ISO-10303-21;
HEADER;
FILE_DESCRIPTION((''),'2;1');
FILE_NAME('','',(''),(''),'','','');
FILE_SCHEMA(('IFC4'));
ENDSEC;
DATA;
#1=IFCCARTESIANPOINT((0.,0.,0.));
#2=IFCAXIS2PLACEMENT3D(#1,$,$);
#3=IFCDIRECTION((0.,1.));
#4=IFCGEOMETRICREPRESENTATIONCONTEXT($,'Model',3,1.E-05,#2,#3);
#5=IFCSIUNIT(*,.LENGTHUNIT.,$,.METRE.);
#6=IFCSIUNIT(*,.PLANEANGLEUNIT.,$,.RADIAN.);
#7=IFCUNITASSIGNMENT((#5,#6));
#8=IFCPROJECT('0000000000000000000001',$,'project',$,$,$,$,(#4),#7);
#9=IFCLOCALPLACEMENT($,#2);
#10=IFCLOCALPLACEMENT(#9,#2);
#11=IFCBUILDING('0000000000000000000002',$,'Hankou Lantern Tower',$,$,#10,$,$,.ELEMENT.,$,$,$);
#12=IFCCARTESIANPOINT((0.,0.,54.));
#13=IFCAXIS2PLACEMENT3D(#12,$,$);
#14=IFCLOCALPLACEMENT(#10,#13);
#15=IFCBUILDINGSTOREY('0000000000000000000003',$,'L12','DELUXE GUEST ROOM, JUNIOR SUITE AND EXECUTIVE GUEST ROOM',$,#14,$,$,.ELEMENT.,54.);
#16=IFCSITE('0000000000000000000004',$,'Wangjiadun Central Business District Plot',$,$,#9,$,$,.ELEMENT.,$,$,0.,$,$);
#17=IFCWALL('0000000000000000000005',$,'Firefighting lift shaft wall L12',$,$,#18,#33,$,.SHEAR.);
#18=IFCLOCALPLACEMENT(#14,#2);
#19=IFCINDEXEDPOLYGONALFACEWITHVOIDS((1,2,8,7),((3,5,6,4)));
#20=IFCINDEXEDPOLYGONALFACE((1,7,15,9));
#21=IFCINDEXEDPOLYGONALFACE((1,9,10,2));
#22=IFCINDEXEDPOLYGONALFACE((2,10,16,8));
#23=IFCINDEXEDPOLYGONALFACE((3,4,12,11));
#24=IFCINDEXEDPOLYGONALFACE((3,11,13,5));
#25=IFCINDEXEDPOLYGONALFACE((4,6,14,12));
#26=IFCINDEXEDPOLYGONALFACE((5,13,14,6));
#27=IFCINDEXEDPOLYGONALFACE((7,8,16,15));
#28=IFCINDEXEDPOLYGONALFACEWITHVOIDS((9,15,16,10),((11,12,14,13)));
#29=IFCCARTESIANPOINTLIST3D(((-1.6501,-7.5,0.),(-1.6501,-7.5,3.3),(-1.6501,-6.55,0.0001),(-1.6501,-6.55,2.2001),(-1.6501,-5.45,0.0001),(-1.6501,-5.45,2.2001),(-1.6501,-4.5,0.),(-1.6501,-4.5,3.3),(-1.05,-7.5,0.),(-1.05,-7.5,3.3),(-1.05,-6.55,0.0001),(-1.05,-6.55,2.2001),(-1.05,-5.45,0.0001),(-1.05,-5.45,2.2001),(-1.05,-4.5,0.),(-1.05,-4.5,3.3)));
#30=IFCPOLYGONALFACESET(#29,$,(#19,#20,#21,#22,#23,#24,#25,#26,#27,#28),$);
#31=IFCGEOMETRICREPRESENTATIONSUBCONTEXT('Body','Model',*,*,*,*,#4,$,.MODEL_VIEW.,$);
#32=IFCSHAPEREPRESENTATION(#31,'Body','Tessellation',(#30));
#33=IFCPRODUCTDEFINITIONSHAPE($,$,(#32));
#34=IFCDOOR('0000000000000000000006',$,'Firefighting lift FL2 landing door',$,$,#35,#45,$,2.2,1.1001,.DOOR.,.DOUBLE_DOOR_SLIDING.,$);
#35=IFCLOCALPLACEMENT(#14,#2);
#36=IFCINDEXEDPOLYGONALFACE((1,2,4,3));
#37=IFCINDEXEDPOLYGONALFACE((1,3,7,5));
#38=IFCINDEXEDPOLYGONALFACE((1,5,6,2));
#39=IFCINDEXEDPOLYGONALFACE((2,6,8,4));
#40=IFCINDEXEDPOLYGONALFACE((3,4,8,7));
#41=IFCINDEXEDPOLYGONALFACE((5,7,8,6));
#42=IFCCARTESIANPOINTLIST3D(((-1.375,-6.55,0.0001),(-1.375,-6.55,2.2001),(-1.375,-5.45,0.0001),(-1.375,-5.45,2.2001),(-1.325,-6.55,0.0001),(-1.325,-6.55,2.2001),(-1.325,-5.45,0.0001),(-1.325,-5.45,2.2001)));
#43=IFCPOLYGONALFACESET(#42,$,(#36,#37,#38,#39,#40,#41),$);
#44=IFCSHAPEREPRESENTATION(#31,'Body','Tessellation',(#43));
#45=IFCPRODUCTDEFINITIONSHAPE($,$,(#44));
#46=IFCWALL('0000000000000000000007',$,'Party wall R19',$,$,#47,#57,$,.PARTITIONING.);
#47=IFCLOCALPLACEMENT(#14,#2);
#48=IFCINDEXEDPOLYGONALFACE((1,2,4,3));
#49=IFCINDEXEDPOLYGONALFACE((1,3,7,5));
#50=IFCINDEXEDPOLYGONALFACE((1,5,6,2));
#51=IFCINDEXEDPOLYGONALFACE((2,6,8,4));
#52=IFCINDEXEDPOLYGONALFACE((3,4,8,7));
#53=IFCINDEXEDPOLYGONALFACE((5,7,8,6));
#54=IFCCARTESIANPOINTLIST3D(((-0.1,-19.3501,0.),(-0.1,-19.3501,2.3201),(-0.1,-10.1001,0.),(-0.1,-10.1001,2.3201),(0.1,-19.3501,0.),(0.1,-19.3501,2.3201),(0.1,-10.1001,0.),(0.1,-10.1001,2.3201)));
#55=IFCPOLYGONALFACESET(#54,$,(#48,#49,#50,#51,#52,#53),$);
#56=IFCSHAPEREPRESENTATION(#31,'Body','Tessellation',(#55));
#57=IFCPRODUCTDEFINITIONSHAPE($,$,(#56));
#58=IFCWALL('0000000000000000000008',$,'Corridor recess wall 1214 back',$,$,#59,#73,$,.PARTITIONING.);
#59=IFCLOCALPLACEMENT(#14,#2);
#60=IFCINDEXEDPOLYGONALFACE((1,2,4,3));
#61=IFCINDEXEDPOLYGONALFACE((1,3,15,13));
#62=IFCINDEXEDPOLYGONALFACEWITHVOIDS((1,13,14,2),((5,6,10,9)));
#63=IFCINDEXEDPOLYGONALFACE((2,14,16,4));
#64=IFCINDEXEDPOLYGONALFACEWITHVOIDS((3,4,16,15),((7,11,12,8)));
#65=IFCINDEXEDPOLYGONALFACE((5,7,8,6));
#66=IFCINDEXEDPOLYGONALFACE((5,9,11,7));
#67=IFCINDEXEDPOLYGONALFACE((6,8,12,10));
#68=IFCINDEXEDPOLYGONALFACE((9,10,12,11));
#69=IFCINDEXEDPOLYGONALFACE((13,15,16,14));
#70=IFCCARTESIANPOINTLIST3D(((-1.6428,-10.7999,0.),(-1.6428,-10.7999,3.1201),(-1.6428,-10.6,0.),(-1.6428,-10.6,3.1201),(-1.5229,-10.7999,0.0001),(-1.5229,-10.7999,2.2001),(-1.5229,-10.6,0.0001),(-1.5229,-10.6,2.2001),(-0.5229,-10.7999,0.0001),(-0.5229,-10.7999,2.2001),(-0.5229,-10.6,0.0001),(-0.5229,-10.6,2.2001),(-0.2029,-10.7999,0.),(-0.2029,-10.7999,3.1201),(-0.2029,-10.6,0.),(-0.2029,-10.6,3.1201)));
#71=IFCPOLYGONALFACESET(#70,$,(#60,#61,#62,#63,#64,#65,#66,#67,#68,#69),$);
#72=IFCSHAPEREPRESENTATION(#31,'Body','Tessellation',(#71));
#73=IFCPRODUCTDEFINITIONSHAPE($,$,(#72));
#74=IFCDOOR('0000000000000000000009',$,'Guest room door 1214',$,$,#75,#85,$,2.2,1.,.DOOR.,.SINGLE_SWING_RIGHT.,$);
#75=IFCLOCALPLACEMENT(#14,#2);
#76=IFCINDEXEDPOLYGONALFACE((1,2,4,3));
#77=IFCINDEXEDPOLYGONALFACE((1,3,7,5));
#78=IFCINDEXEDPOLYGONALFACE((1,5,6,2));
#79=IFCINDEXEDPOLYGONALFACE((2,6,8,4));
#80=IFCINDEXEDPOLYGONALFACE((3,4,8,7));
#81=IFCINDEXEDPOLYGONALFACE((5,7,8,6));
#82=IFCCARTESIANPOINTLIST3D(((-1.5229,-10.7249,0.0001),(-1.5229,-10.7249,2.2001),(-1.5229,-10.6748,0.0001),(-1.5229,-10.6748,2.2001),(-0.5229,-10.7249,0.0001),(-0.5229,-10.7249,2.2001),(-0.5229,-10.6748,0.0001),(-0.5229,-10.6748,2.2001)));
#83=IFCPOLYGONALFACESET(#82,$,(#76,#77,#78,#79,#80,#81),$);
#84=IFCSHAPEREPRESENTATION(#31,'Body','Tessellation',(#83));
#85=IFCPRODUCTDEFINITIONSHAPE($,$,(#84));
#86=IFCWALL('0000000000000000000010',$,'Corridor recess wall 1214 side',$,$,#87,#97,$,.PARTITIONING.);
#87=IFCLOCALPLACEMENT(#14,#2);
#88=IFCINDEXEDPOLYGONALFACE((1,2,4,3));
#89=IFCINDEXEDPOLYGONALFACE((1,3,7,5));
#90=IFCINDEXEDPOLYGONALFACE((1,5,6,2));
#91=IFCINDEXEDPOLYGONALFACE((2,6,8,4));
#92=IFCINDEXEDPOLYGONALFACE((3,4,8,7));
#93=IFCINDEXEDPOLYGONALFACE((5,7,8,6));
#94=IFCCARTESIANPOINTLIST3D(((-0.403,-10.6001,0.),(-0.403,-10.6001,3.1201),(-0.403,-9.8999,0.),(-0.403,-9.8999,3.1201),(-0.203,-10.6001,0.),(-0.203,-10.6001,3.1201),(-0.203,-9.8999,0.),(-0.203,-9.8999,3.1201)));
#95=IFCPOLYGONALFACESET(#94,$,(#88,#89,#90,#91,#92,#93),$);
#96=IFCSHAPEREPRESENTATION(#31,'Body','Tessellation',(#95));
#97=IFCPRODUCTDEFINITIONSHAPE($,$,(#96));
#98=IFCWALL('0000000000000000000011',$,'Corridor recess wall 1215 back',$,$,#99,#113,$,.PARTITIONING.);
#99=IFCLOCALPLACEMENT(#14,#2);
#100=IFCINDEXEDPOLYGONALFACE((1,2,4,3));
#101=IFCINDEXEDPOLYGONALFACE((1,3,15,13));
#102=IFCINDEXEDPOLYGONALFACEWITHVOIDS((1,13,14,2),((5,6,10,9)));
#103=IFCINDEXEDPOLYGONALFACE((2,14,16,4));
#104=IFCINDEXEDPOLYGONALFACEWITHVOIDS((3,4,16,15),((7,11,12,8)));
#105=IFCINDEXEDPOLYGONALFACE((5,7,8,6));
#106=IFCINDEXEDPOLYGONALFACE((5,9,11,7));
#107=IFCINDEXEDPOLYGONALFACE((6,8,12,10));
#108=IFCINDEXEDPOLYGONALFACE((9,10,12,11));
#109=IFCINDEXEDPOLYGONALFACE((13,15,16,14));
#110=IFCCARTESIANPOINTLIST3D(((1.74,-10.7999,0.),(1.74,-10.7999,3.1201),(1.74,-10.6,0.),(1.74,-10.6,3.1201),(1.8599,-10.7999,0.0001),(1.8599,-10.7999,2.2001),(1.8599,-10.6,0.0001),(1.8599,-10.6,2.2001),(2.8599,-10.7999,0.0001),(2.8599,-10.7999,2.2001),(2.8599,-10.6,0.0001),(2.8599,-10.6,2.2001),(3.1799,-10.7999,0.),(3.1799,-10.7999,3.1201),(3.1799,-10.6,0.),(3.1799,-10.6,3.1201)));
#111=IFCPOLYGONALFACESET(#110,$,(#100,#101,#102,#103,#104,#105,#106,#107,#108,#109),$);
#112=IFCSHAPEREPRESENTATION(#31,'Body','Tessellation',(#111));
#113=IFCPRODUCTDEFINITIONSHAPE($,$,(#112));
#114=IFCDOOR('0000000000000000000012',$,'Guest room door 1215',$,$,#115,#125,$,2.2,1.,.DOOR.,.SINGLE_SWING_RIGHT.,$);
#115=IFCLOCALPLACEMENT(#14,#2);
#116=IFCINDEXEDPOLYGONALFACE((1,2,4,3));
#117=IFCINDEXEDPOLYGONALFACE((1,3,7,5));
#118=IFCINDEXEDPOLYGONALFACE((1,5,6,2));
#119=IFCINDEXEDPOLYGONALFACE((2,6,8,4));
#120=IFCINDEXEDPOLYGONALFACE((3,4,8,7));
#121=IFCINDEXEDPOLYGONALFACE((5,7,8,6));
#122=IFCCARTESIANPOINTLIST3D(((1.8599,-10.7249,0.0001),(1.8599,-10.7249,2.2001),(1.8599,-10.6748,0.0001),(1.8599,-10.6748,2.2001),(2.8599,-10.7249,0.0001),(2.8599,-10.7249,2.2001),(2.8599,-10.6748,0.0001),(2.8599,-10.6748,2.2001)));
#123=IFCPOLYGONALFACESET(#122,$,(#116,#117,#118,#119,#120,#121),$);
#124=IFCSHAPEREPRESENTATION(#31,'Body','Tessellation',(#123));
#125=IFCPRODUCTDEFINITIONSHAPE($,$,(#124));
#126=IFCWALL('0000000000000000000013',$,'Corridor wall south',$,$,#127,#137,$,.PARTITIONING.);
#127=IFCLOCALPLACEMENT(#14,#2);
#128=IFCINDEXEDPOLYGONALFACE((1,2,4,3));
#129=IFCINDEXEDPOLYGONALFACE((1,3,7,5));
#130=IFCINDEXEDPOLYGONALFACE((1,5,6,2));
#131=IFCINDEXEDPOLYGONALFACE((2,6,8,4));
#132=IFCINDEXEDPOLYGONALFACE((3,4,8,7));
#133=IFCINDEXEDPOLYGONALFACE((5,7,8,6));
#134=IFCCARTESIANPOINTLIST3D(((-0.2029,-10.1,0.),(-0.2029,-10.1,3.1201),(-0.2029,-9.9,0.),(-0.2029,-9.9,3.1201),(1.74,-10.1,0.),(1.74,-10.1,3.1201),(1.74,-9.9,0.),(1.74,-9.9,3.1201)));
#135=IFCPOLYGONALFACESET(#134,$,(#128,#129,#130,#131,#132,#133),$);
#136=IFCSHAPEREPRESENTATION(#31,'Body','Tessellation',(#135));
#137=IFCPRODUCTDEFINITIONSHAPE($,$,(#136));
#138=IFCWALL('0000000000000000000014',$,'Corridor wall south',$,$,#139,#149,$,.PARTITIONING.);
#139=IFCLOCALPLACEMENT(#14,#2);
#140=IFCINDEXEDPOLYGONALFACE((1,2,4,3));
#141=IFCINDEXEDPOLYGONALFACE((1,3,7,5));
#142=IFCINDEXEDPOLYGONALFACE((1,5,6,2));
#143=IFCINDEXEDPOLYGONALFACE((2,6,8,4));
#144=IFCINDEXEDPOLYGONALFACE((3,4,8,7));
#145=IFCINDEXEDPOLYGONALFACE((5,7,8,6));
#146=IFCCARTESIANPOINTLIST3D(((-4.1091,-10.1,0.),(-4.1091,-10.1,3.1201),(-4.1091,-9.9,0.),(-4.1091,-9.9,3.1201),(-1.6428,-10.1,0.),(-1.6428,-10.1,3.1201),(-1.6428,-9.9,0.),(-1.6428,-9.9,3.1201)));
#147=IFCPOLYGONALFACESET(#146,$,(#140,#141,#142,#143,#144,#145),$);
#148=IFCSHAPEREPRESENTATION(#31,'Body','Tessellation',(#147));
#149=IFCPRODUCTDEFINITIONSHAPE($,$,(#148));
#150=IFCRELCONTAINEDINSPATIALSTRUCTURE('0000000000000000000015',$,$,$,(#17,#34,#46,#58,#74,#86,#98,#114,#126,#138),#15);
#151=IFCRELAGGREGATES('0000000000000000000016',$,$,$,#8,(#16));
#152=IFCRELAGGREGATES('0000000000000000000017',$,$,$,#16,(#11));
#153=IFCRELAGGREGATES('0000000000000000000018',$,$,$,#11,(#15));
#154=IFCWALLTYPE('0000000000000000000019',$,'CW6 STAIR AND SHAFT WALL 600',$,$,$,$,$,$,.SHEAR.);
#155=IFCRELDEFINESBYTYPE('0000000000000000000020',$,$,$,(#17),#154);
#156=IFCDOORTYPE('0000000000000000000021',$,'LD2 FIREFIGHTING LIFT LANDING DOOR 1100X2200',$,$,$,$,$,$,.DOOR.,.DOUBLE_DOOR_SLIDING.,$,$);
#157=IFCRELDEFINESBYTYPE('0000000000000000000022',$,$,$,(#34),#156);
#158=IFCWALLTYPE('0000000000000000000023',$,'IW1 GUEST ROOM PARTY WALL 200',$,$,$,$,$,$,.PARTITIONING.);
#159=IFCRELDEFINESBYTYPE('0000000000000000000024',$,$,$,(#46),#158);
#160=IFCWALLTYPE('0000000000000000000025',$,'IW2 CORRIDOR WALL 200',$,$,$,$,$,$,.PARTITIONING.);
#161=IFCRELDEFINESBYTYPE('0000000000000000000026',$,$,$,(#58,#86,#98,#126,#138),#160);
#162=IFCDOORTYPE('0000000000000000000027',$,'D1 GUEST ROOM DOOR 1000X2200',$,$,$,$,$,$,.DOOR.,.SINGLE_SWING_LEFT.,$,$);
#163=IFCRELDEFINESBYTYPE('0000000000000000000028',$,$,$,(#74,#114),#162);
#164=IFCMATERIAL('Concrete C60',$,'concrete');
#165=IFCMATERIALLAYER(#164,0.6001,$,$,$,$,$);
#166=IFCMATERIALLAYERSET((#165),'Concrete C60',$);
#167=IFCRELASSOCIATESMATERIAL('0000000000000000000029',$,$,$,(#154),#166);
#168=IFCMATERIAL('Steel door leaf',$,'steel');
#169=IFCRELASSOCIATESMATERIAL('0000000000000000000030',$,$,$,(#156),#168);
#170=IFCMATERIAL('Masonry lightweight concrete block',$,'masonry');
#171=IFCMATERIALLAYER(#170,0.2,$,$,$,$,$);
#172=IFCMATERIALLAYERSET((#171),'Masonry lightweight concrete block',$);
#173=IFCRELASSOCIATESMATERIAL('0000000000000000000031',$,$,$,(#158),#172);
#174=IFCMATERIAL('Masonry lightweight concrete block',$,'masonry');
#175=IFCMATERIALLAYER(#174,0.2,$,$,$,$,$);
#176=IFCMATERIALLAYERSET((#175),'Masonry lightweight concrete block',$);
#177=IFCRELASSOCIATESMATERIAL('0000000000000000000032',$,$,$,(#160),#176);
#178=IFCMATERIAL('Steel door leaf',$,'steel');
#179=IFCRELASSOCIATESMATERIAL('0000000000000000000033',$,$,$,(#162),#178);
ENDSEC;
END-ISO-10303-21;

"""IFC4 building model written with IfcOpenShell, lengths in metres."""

from ifc_helpers import new_model, si_unit, direction, frame, frame_2d, origin, place, context, subcontext, project, spatial, rectangle, extrude, material, layer, layer_set, type_object, element, fill, save


model = new_model("IFC4")

# Units and contexts
model_context = context("Model", 3, precision=1e-05, world=origin(), true_north=direction((0.0, 1.0)))
body_context = subcontext(model_context, "Body", "Model", "MODEL_VIEW")
ifc_project = project(units=[si_unit("LENGTHUNIT", "METRE"), si_unit("PLANEANGLEUNIT", "RADIAN")], contexts=[model_context])

# Site, building, storey
site_placement = place(None, origin())
site = spatial("IfcSite", under=ifc_project, at=site_placement, Name="Wangjiadun Central Business District Plot", CompositionType="ELEMENT", RefElevation=0.0)
building_placement = place(site_placement, origin())
building = spatial("IfcBuilding", under=site, at=building_placement, Name="Hankou Lantern Tower", CompositionType="ELEMENT")
storey_placement = place(building_placement, frame((0.0, 0.0, 54.0)))
storey = spatial("IfcBuildingStorey", under=building, at=storey_placement, Name="L12", Description="DELUXE GUEST ROOM, JUNIOR SUITE AND EXECUTIVE GUEST ROOM", CompositionType="ELEMENT", Elevation=54.0)

# Wall, opening, door
ifc_material_1 = material(Name="Concrete C60", Category="concrete")
ifc_layer_1 = layer(ifc_material_1, 0.6001)
ifc_layer_set_1 = layer_set([ifc_layer_1], Name="Concrete C60")
wall_type_1 = type_object("IfcWallType", Name="CW6 STAIR AND SHAFT WALL 600", PredefinedType="SHEAR", material=ifc_layer_set_1)
wall_1_placement = place(storey_placement, frame((-1.3501, -7.5, 0.0), z_axis=(0.0, 0.0, 1.0), x_axis=(0.0, 1.0, 0.0)))
wall_1 = element("IfcWall", 1, at=wall_1_placement, inside=storey, type_object=wall_type_1, Name="Firefighting lift shaft wall L12", PredefinedType="SHEAR", context=body_context, shape_type="SweptSolid", body=[
    extrude(rectangle(XDim=3.0, YDim=0.6001, at=frame_2d((1.5, 0.0))), origin(), (0.0, 0.0, 1.0), 3.3),
])
opening_1_placement = place(wall_1_placement, frame((0.95, 0.0, 0.0)))
opening_1 = element("IfcOpeningElement", 2, at=opening_1_placement, cuts=wall_1, PredefinedType="OPENING", context=body_context, shape_type="SweptSolid", body=[
    extrude(rectangle(XDim=1.1001, YDim=2.2, at=frame_2d((0.55, 1.1001))), frame((0.0, 0.3101, 0.0), z_axis=(0.0, -1.0, 0.0), x_axis=(1.0, 0.0, 0.0)), (0.0, 0.0, 1.0), 0.6201),
])
ifc_material_2 = material(Name="Steel door leaf", Category="steel")
door_type_1 = type_object("IfcDoorType", Name="LD2 FIREFIGHTING LIFT LANDING DOOR 1100X2200", OperationType="DOUBLE_DOOR_SLIDING", PredefinedType="DOOR", material=ifc_material_2)
door_1_placement = place(opening_1_placement, origin())
door_1 = element("IfcDoor", 3, at=door_1_placement, inside=storey, type_object=door_type_1, Name="Firefighting lift FL2 landing door", OperationType="DOUBLE_DOOR_SLIDING", OverallHeight=2.2, OverallWidth=1.1001, PredefinedType="DOOR", context=body_context, shape_type="SweptSolid", body=[
    extrude(rectangle(XDim=1.1001, YDim=2.2, at=frame_2d((0.55, 1.1001))), frame((0.0, 0.0249, 0.0), z_axis=(0.0, -1.0, 0.0), x_axis=(1.0, 0.0, 0.0)), (0.0, 0.0, 1.0), 0.05),
])
fill(opening_1, door_1)

# Wall
ifc_material_3 = material(Name="Masonry lightweight concrete block", Category="masonry")
ifc_layer_2 = layer(ifc_material_3, 0.2)
ifc_layer_set_2 = layer_set([ifc_layer_2], Name="Masonry lightweight concrete block")
wall_type_2 = type_object("IfcWallType", Name="IW1 GUEST ROOM PARTY WALL 200", PredefinedType="PARTITIONING", material=ifc_layer_set_2)
wall_2_placement = place(storey_placement, frame((0.0, -10.1001, 0.0), z_axis=(0.0, 0.0, 1.0), x_axis=(0.0, -1.0, 0.0)))
element("IfcWall", 4, at=wall_2_placement, inside=storey, type_object=wall_type_2, Name="Party wall R19", PredefinedType="PARTITIONING", context=body_context, shape_type="SweptSolid", body=[
    extrude(rectangle(XDim=9.25, YDim=0.2, at=frame_2d((4.625, 0.0))), origin(), (0.0, 0.0, 1.0), 2.3201),
])

# Wall, opening, door
ifc_material_4 = material(Name="Masonry lightweight concrete block", Category="masonry")
ifc_layer_3 = layer(ifc_material_4, 0.2)
ifc_layer_set_3 = layer_set([ifc_layer_3], Name="Masonry lightweight concrete block")
wall_type_3 = type_object("IfcWallType", Name="IW2 CORRIDOR WALL 200", PredefinedType="PARTITIONING", material=ifc_layer_set_3)
wall_3_placement = place(storey_placement, frame((-0.2029, -10.7, 0.0), z_axis=(0.0, 0.0, 1.0), x_axis=(-1.0, 0.0, 0.0)))
wall_3 = element("IfcWall", 5, at=wall_3_placement, inside=storey, type_object=wall_type_3, Name="Corridor recess wall 1214 back", PredefinedType="PARTITIONING", context=body_context, shape_type="SweptSolid", body=[
    extrude(rectangle(XDim=1.4399, YDim=0.2, at=frame_2d((0.72, 0.0))), origin(), (0.0, 0.0, 1.0), 3.1201),
])
opening_2_placement = place(wall_3_placement, frame((0.3201, 0.0, 0.0)))
opening_2 = element("IfcOpeningElement", 6, at=opening_2_placement, cuts=wall_3, PredefinedType="OPENING", context=body_context, shape_type="SweptSolid", body=[
    extrude(rectangle(XDim=1.0, YDim=2.2, at=frame_2d((0.5, 1.1001))), frame((0.0, 0.1099, 0.0), z_axis=(0.0, -1.0, 0.0), x_axis=(1.0, 0.0, 0.0)), (0.0, 0.0, 1.0), 0.22),
])
ifc_material_5 = material(Name="Steel door leaf", Category="steel")
door_type_2 = type_object("IfcDoorType", Name="D1 GUEST ROOM DOOR 1000X2200", OperationType="SINGLE_SWING_LEFT", PredefinedType="DOOR", material=ifc_material_5)
door_2_placement = place(opening_2_placement, origin())
door_2 = element("IfcDoor", 7, at=door_2_placement, inside=storey, type_object=door_type_2, Name="Guest room door 1214", OperationType="SINGLE_SWING_RIGHT", OverallHeight=2.2, OverallWidth=1.0, PredefinedType="DOOR", context=body_context, shape_type="SweptSolid", body=[
    extrude(rectangle(XDim=1.0, YDim=2.2, at=frame_2d((0.5, 1.1001))), frame((0.0, 0.0249, 0.0), z_axis=(0.0, -1.0, 0.0), x_axis=(1.0, 0.0, 0.0)), (0.0, 0.0, 1.0), 0.05),
])
fill(opening_2, door_2)

# Wall
wall_4_placement = place(storey_placement, frame((-0.303, -9.8999, 0.0), z_axis=(0.0, 0.0, 1.0), x_axis=(0.0, -1.0, 0.0)))
element("IfcWall", 8, at=wall_4_placement, inside=storey, type_object=wall_type_3, Name="Corridor recess wall 1214 side", PredefinedType="PARTITIONING", context=body_context, shape_type="SweptSolid", body=[
    extrude(rectangle(XDim=0.7002, YDim=0.2, at=frame_2d((0.3501, 0.0))), origin(), (0.0, 0.0, 1.0), 3.1201),
])

# Wall, opening, door
wall_5_placement = place(storey_placement, frame((3.1799, -10.7, 0.0), z_axis=(0.0, 0.0, 1.0), x_axis=(-1.0, 0.0, 0.0)))
wall_5 = element("IfcWall", 9, at=wall_5_placement, inside=storey, type_object=wall_type_3, Name="Corridor recess wall 1215 back", PredefinedType="PARTITIONING", context=body_context, shape_type="SweptSolid", body=[
    extrude(rectangle(XDim=1.4399, YDim=0.2, at=frame_2d((0.72, 0.0))), origin(), (0.0, 0.0, 1.0), 3.1201),
])
opening_3_placement = place(wall_5_placement, frame((0.3201, 0.0, 0.0)))
opening_3 = element("IfcOpeningElement", 10, at=opening_3_placement, cuts=wall_5, PredefinedType="OPENING", context=body_context, shape_type="SweptSolid", body=[
    extrude(rectangle(XDim=1.0, YDim=2.2, at=frame_2d((0.5, 1.1001))), frame((0.0, 0.1099, 0.0), z_axis=(0.0, -1.0, 0.0), x_axis=(1.0, 0.0, 0.0)), (0.0, 0.0, 1.0), 0.22),
])
door_3_placement = place(opening_3_placement, origin())
door_3 = element("IfcDoor", 11, at=door_3_placement, inside=storey, type_object=door_type_2, Name="Guest room door 1215", OperationType="SINGLE_SWING_RIGHT", OverallHeight=2.2, OverallWidth=1.0, PredefinedType="DOOR", context=body_context, shape_type="SweptSolid", body=[
    extrude(rectangle(XDim=1.0, YDim=2.2, at=frame_2d((0.5, 1.1001))), frame((0.0, 0.0249, 0.0), z_axis=(0.0, -1.0, 0.0), x_axis=(1.0, 0.0, 0.0)), (0.0, 0.0, 1.0), 0.05),
])
fill(opening_3, door_3)

# Walls
wall_6_placement = place(storey_placement, frame((1.74, -10.0, 0.0), z_axis=(0.0, 0.0, 1.0), x_axis=(-1.0, 0.0, 0.0)))
element("IfcWall", 12, at=wall_6_placement, inside=storey, type_object=wall_type_3, Name="Corridor wall south", PredefinedType="PARTITIONING", context=body_context, shape_type="SweptSolid", body=[
    extrude(rectangle(XDim=1.9429, YDim=0.2, at=frame_2d((0.9714, 0.0))), origin(), (0.0, 0.0, 1.0), 3.1201),
])
wall_7_placement = place(storey_placement, frame((-1.6428, -10.0, 0.0), z_axis=(0.0, 0.0, 1.0), x_axis=(-1.0, 0.0, 0.0)))
element("IfcWall", 13, at=wall_7_placement, inside=storey, type_object=wall_type_3, Name="Corridor wall south", PredefinedType="PARTITIONING", context=body_context, shape_type="SweptSolid", body=[
    extrude(rectangle(XDim=2.4663, YDim=0.2, at=frame_2d((1.2332, 0.0))), origin(), (0.0, 0.0, 1.0), 3.1201),
])

save(model, "model.ifc")
